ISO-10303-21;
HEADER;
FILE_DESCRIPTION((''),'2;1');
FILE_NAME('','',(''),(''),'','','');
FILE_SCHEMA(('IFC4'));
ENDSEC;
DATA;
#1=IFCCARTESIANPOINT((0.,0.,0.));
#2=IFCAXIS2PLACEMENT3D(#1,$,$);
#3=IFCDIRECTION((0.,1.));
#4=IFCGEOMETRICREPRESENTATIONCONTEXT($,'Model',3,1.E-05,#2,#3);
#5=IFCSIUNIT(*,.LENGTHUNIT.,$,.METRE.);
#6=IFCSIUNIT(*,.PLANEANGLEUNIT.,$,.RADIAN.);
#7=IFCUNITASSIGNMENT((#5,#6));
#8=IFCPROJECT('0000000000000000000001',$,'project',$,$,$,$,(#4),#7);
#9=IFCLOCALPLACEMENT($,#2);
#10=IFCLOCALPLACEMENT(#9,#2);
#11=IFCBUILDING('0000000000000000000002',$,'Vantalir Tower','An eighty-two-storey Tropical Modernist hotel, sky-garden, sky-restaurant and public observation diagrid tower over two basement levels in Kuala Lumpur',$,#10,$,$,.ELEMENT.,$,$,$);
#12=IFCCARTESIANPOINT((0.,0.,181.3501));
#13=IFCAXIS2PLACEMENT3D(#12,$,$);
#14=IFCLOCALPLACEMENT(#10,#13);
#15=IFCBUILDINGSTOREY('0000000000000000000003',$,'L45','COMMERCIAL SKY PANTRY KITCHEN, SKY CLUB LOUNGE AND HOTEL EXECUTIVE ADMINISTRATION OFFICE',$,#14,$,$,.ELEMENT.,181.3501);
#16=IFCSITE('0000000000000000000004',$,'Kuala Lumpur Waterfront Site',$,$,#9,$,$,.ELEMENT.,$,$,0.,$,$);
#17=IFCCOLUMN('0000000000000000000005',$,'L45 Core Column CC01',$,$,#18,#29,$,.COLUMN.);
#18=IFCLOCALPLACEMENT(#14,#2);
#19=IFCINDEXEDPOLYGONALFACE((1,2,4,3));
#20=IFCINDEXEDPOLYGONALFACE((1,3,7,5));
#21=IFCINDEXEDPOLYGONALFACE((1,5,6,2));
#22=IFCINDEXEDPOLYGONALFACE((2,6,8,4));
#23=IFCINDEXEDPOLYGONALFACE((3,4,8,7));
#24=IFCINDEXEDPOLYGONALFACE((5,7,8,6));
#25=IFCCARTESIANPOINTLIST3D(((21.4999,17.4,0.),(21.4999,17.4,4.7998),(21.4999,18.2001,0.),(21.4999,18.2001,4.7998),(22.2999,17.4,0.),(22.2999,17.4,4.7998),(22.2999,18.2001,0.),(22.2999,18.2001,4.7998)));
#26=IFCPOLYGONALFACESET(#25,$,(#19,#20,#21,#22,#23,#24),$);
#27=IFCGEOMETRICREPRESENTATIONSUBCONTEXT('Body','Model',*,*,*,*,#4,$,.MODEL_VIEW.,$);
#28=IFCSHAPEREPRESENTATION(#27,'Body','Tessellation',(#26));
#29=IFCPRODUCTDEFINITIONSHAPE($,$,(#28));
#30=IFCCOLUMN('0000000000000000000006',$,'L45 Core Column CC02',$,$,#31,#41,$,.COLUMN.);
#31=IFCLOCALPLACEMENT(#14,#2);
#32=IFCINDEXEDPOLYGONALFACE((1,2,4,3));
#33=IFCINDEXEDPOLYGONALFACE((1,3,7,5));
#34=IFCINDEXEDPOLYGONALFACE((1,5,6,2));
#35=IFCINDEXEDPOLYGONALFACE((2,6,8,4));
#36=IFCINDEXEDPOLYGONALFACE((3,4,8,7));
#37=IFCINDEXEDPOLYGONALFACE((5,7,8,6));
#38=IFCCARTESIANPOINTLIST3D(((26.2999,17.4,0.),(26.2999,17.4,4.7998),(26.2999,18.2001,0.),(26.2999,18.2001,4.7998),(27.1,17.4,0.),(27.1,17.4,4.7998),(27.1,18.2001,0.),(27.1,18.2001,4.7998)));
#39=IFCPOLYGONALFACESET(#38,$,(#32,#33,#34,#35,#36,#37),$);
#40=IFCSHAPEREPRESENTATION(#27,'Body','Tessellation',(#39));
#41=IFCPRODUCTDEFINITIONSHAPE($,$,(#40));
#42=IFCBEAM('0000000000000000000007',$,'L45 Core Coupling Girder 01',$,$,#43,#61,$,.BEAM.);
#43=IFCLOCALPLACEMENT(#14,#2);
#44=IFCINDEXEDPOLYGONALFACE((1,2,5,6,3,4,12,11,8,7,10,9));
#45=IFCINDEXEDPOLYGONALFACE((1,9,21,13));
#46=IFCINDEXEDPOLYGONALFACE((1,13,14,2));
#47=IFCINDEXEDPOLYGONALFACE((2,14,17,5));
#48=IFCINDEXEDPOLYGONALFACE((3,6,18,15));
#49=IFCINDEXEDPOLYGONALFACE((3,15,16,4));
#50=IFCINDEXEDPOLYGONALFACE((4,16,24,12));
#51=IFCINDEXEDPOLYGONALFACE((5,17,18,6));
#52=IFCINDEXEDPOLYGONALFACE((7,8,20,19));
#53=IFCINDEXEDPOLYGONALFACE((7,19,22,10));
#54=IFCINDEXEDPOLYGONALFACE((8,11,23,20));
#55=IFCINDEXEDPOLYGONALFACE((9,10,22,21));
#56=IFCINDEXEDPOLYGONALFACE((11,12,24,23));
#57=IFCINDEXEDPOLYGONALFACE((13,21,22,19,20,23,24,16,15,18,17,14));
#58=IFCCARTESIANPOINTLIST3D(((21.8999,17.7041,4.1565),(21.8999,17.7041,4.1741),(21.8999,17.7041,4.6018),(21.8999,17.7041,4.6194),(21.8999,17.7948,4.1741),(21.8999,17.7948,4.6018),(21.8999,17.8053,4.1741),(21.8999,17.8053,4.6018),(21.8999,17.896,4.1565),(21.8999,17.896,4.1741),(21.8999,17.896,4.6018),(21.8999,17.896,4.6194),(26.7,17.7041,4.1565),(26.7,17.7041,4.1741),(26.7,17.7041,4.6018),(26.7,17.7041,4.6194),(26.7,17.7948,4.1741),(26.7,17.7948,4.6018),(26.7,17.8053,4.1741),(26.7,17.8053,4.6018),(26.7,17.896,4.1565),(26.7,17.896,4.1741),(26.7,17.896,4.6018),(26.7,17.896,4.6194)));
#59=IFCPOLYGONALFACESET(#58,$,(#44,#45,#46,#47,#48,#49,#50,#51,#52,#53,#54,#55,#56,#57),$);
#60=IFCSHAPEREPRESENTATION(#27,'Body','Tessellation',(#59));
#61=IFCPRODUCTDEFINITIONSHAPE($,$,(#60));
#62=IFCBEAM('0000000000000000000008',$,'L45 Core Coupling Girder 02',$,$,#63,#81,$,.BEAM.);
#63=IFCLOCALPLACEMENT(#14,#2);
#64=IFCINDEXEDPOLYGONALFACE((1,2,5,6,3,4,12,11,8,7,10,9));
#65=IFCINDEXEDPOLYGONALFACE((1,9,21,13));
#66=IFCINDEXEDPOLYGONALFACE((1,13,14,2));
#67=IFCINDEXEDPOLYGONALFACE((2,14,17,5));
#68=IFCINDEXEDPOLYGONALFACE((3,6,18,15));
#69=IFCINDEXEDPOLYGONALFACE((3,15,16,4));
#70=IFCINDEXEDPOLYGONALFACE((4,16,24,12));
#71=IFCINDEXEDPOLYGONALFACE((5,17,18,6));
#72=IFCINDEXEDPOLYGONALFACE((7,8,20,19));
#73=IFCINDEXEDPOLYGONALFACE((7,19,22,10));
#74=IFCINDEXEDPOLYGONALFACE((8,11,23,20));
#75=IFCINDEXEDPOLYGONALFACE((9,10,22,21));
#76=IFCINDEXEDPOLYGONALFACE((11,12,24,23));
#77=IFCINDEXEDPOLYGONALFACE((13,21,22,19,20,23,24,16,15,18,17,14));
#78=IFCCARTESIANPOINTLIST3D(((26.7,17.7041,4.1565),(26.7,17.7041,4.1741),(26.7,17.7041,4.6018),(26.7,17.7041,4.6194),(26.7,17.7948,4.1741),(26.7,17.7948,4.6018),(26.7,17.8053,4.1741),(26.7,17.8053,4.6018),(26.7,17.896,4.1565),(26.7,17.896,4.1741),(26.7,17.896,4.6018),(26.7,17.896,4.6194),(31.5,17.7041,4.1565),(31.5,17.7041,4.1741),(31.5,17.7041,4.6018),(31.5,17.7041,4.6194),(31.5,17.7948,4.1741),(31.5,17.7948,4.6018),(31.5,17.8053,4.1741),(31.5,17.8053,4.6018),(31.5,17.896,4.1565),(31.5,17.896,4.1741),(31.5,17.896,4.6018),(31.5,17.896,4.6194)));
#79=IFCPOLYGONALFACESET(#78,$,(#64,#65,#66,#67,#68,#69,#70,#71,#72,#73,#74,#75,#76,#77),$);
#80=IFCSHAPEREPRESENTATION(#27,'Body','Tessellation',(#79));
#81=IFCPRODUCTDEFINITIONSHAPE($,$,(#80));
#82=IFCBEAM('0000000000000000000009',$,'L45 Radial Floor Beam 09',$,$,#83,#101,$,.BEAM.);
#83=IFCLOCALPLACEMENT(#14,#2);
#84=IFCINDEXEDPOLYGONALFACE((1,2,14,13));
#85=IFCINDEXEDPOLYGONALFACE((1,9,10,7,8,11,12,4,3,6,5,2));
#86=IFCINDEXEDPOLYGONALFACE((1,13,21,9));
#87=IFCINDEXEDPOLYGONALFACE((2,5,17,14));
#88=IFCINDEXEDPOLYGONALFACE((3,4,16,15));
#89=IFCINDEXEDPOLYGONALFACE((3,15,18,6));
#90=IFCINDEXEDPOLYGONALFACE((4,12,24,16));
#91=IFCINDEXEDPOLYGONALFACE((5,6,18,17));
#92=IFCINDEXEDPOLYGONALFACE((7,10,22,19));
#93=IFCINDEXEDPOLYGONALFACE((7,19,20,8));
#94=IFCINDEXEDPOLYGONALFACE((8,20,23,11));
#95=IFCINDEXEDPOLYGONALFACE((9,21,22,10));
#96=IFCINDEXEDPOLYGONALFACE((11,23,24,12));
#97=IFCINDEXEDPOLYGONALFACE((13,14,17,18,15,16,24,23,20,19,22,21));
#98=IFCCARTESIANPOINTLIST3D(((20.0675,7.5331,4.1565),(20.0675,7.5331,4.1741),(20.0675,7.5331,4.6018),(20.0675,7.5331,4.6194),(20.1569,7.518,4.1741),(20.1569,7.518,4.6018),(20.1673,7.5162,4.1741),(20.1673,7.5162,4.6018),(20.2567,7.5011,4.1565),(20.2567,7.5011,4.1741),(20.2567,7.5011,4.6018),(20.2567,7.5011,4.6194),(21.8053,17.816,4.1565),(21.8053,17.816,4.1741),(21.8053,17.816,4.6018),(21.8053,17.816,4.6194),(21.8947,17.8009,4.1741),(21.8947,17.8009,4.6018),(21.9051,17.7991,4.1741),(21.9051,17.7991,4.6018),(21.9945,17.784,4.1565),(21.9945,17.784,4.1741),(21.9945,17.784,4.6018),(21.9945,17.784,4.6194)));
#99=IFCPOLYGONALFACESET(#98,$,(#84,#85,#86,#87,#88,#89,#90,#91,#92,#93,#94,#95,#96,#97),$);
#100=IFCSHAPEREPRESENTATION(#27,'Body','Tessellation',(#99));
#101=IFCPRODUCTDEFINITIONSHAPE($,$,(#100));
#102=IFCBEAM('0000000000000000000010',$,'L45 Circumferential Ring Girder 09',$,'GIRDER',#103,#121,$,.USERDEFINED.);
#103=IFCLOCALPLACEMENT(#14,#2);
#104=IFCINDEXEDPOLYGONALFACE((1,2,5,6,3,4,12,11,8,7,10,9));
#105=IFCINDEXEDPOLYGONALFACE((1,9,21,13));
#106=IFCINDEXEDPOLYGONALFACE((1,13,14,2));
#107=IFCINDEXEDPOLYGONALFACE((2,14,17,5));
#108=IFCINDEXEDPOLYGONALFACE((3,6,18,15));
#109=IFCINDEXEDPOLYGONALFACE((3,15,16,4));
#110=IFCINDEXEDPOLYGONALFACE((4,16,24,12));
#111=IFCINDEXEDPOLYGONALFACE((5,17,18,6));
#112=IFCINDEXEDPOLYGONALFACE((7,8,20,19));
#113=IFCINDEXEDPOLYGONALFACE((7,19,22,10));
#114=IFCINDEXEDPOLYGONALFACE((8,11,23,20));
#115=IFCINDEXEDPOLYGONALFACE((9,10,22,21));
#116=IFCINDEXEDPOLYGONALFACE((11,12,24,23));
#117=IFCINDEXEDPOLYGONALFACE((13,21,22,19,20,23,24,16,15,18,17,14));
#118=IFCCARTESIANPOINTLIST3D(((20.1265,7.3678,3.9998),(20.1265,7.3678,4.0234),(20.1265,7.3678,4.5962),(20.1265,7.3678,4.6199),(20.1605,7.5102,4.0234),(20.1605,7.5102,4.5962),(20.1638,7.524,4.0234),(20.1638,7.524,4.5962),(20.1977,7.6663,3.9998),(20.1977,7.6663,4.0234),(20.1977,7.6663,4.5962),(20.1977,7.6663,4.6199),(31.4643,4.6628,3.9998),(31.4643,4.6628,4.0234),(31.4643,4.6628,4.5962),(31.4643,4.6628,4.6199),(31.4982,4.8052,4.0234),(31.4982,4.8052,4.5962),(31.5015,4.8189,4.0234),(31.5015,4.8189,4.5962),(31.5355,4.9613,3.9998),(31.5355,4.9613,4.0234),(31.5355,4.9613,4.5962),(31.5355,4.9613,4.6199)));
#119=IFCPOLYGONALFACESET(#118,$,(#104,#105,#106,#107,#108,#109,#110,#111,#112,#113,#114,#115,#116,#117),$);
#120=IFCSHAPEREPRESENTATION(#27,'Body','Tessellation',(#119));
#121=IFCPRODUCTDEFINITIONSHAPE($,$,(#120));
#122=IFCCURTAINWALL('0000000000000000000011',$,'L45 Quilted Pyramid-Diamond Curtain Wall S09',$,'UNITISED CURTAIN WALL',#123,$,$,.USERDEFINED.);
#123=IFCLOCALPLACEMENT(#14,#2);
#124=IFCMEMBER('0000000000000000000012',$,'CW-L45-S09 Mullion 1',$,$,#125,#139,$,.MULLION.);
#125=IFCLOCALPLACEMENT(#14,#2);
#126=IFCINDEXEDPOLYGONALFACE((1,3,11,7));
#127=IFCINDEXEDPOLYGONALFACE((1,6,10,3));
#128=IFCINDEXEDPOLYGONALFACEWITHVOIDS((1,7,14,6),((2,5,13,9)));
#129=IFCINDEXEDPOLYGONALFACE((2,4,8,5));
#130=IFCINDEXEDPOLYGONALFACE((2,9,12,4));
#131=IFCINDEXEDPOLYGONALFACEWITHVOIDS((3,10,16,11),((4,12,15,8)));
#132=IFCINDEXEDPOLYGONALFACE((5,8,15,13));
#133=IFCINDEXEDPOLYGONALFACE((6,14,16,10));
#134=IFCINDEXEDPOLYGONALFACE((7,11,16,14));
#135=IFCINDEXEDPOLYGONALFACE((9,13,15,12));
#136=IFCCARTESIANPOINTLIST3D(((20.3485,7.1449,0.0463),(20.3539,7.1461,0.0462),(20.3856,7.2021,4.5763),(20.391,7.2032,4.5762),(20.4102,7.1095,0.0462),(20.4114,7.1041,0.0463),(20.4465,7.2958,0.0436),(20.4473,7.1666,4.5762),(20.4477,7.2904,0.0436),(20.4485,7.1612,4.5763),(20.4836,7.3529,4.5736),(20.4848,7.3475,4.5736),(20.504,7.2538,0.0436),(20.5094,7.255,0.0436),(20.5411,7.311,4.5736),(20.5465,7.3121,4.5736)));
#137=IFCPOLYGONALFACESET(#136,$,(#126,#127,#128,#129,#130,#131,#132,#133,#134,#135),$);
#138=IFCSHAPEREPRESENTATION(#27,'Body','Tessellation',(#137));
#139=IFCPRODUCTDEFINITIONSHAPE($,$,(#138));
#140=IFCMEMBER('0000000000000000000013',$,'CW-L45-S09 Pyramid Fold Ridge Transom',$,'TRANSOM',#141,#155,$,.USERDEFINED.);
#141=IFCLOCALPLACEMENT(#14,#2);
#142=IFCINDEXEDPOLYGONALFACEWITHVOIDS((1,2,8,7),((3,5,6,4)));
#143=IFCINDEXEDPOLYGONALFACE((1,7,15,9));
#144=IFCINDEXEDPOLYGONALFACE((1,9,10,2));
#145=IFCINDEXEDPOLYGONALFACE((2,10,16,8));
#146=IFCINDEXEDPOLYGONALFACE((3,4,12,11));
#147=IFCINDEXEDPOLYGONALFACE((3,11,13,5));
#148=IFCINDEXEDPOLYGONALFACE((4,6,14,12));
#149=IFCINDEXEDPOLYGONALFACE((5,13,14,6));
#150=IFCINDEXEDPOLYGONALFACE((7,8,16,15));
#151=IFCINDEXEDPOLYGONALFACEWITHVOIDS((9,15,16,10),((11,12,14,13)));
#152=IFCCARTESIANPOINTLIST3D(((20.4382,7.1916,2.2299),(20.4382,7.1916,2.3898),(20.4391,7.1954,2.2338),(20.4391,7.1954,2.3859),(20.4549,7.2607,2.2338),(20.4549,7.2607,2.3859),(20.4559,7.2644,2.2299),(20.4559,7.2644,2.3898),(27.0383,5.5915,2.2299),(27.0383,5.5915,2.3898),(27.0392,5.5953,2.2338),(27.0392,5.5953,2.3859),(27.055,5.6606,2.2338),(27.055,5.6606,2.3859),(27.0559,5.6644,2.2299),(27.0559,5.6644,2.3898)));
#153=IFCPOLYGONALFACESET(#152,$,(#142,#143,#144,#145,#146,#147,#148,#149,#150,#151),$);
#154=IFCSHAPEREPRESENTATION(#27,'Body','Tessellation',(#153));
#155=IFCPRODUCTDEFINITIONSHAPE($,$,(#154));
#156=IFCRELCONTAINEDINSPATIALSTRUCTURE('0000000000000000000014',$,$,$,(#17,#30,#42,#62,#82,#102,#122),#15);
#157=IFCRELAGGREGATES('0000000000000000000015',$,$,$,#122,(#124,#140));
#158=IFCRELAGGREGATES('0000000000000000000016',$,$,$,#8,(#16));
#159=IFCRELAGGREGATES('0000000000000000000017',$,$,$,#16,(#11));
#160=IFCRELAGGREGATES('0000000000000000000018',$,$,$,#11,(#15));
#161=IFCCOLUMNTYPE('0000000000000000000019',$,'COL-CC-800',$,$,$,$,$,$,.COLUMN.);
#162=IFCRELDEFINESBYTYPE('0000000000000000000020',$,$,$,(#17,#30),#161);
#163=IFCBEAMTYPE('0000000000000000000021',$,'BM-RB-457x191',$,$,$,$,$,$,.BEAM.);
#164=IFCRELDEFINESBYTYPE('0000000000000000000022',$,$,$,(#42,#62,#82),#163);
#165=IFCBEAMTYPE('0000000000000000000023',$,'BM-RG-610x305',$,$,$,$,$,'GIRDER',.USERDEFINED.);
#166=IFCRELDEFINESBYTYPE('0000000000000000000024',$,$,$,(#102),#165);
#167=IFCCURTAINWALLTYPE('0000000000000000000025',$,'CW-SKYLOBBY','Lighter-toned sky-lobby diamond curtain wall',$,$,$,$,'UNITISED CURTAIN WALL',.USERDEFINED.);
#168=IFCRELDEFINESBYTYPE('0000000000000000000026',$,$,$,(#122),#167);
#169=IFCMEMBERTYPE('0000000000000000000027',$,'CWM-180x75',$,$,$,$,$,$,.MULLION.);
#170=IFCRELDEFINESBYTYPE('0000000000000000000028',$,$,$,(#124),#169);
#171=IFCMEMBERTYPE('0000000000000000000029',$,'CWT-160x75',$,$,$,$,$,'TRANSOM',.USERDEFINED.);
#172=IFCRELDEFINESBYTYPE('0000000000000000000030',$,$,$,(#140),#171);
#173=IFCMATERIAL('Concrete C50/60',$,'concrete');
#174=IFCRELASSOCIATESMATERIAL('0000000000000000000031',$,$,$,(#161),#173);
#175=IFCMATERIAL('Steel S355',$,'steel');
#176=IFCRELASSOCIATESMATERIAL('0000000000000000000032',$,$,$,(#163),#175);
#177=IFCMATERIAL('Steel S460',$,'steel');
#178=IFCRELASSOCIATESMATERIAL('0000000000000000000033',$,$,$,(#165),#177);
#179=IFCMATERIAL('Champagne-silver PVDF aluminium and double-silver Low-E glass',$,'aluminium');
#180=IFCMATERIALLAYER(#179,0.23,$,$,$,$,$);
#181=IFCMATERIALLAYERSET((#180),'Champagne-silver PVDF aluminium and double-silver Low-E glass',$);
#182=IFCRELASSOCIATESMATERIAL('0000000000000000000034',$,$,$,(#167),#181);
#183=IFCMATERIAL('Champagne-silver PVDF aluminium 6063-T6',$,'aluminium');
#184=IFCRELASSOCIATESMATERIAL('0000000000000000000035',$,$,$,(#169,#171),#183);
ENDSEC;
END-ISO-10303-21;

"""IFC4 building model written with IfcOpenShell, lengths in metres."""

from ifc_helpers import new_model, si_unit, direction, frame, origin, origin_2d, place, context, subcontext, project, spatial, rectangle, hollow_rectangle, i_section, extrude, material, layer, layer_set, material_profile, profile_set, type_object, element, aggregate, save


model = new_model("IFC4")

# Units and contexts
model_context = context("Model", 3, precision=1e-05, world=origin(), true_north=direction((0.0, 1.0)))
body_context = subcontext(model_context, "Body", "Model", "MODEL_VIEW")
ifc_project = project(units=[si_unit("LENGTHUNIT", "METRE"), si_unit("PLANEANGLEUNIT", "RADIAN")], contexts=[model_context])

# Site, building, storey
site_placement = place(None, origin())
site = spatial("IfcSite", under=ifc_project, at=site_placement, Name="Kuala Lumpur Waterfront Site", CompositionType="ELEMENT", RefElevation=0.0)
building_placement = place(site_placement, origin())
building = spatial("IfcBuilding", under=site, at=building_placement, Name="Vantalir Tower", Description="An eighty-two-storey Tropical Modernist hotel, sky-garden, sky-restaurant and public observation diagrid tower over two basement levels in Kuala Lumpur", CompositionType="ELEMENT")
storey_placement = place(building_placement, frame((0.0, 0.0, 181.3501)))
storey = spatial("IfcBuildingStorey", under=building, at=storey_placement, Name="L45", Description="COMMERCIAL SKY PANTRY KITCHEN, SKY CLUB LOUNGE AND HOTEL EXECUTIVE ADMINISTRATION OFFICE", CompositionType="ELEMENT", Elevation=181.3501)

# Columns
ifc_material_1 = material(Name="Concrete C50/60", Category="concrete")
ifc_material_profile_1 = material_profile(ifc_material_1, rectangle(XDim=0.8, YDim=0.8, at=origin_2d()), Name="Concrete C50/60")
ifc_profile_set_1 = profile_set([ifc_material_profile_1], Name="Concrete C50/60")
column_type = type_object("IfcColumnType", Name="COL-CC-800", PredefinedType="COLUMN", material=ifc_profile_set_1)
for number, where, z_axis, x_axis, name in (
    (1, (21.8999, 17.8, 0.0), (0.0, 0.0, 1.0), (1.0, 0.0, 0.0), "L45 Core Column CC01"),
    (2, (26.7, 17.8, 0.0), (0.0, 0.0, 1.0), (1.0, 0.0, 0.0), "L45 Core Column CC02"),
):
    element("IfcColumn", number, at=place(storey_placement, frame(where, z_axis=z_axis, x_axis=x_axis)), inside=storey, type_object=column_type, Name=name, PredefinedType="COLUMN", context=body_context, shape_type="SweptSolid", body=[
        extrude(rectangle(XDim=0.8, YDim=0.8, at=origin_2d()), origin(), (0.0, 0.0, 1.0), 4.7998),
    ])

# Beams
ifc_material_2 = material(Name="Steel S355", Category="steel")
ifc_material_profile_2 = material_profile(ifc_material_2, i_section(OverallWidth=0.1919, OverallDepth=0.4629, WebThickness=0.0105, FlangeThickness=0.0176, at=origin_2d()), Name="Steel S355")
ifc_profile_set_2 = profile_set([ifc_material_profile_2], Name="Steel S355")
beam_type_1 = type_object("IfcBeamType", Name="BM-RB-457x191", PredefinedType="BEAM", material=ifc_profile_set_2)
for number, where, z_axis, x_axis, name in (
    (3, (21.8999, 17.8, 4.3879), (1.0, 0.0, 0.0), (0.0, 1.0, 0.0), "L45 Core Coupling Girder 01"),
    (4, (26.7, 17.8, 4.3879), (1.0, 0.0, 0.0), (0.0, 1.0, 0.0), "L45 Core Coupling Girder 02"),
):
    element("IfcBeam", number, at=place(storey_placement, frame(where, z_axis=z_axis, x_axis=x_axis)), inside=storey, type_object=beam_type_1, Name=name, PredefinedType="BEAM", context=body_context, shape_type="SweptSolid", body=[
        extrude(i_section(OverallWidth=0.1919, OverallDepth=0.4629, WebThickness=0.0105, FlangeThickness=0.0176, at=origin_2d()), origin(), (0.0, 0.0, 1.0), 4.8),
    ])
beam_1_placement = place(storey_placement, frame((20.1621, 7.5171, 4.3879), z_axis=(0.166635, 0.986019, 0.0), x_axis=(-0.986019, 0.166635, 0.0)))
element("IfcBeam", 5, at=beam_1_placement, inside=storey, type_object=beam_type_1, Name="L45 Radial Floor Beam 09", PredefinedType="BEAM", context=body_context, shape_type="SweptSolid", body=[
    extrude(i_section(OverallWidth=0.1919, OverallDepth=0.4629, WebThickness=0.0105, FlangeThickness=0.0176, at=origin_2d()), origin(), (0.0, 0.0, 1.0), 10.4287),
])
ifc_material_3 = material(Name="Steel S460", Category="steel")
ifc_material_profile_3 = material_profile(ifc_material_3, i_section(OverallWidth=0.3069, OverallDepth=0.6201, WebThickness=0.0142, FlangeThickness=0.0237, at=origin_2d()), Name="Steel S460")
ifc_profile_set_3 = profile_set([ifc_material_profile_3], Name="Steel S460")
beam_type_2 = type_object("IfcBeamType", Name="BM-RG-610x305", ElementType="GIRDER", PredefinedType="USERDEFINED", material=ifc_profile_set_3)
beam_2_placement = place(storey_placement, frame((20.1621, 7.5171, 4.3098), z_axis=(0.972698, -0.232074, 0.0), x_axis=(0.232074, 0.972698, 0.0)))
element("IfcBeam", 6, at=beam_2_placement, inside=storey, type_object=beam_type_2, Name="L45 Circumferential Ring Girder 09", ObjectType="GIRDER", PredefinedType="USERDEFINED", context=body_context, shape_type="SweptSolid", body=[
    extrude(i_section(OverallWidth=0.3069, OverallDepth=0.6201, WebThickness=0.0142, FlangeThickness=0.0237, at=origin_2d()), origin(), (0.0, 0.0, 1.0), 11.656),
])

# Curtain wall, members
ifc_material_4 = material(Name="Champagne-silver PVDF aluminium and double-silver Low-E glass", Category="aluminium")
ifc_layer_1 = layer(ifc_material_4, 0.23)
ifc_layer_set_1 = layer_set([ifc_layer_1], Name="Champagne-silver PVDF aluminium and double-silver Low-E glass")
curtain_wall_type = type_object("IfcCurtainWallType", Name="CW-SKYLOBBY", Description="Lighter-toned sky-lobby diamond curtain wall", ElementType="UNITISED CURTAIN WALL", PredefinedType="USERDEFINED", material=ifc_layer_set_1)
curtain_wall_placement = place(storey_placement, origin())
curtain_wall = element("IfcCurtainWall", 7, at=curtain_wall_placement, inside=storey, type_object=curtain_wall_type, Name="L45 Quilted Pyramid-Diamond Curtain Wall S09", ObjectType="UNITISED CURTAIN WALL", PredefinedType="USERDEFINED")
ifc_material_5 = material(Name="Champagne-silver PVDF aluminium 6063-T6", Category="aluminium")
ifc_material_profile_4 = material_profile(ifc_material_5, hollow_rectangle(XDim=0.075, YDim=0.1799, WallThickness=0.0039, at=origin_2d()), Name="Champagne-silver PVDF aluminium 6063-T6")
ifc_profile_set_4 = profile_set([ifc_material_profile_4], Name="Champagne-silver PVDF aluminium 6063-T6")
member_type_1 = type_object("IfcMemberType", Name="CWM-180x75", PredefinedType="MULLION", material=ifc_profile_set_4)
member_1_placement = place(storey_placement, frame((20.429, 7.2, 0.0449), z_axis=(0.008191, 0.01261, 0.999887), x_axis=(-0.838607, 0.544736, 0.0)))
member_1 = element("IfcMember", 8, at=member_1_placement, type_object=member_type_1, Name="CW-L45-S09 Mullion 1", PredefinedType="MULLION", context=body_context, shape_type="SweptSolid", body=[
    extrude(hollow_rectangle(XDim=0.075, YDim=0.1799, WallThickness=0.0039, at=origin_2d()), origin(), (0.0, 0.0, 1.0), 4.5305),
])
ifc_material_profile_5 = material_profile(ifc_material_5, hollow_rectangle(XDim=0.075, YDim=0.1599, WallThickness=0.0039, at=origin_2d()), Name="Champagne-silver PVDF aluminium 6063-T6")
ifc_profile_set_5 = profile_set([ifc_material_profile_5], Name="Champagne-silver PVDF aluminium 6063-T6")
member_type_2 = type_object("IfcMemberType", Name="CWT-160x75", ElementType="TRANSOM", PredefinedType="USERDEFINED", material=ifc_profile_set_5)
member_2_placement = place(storey_placement, frame((20.447, 7.228, 2.3098), z_axis=(0.971848, -0.23561, 0.0), x_axis=(0.23561, 0.971848, 0.0)))
member_2 = element("IfcMember", 9, at=member_2_placement, type_object=member_type_2, Name="CW-L45-S09 Pyramid Fold Ridge Transom", ObjectType="TRANSOM", PredefinedType="USERDEFINED", context=body_context, shape_type="SweptSolid", body=[
    extrude(hollow_rectangle(XDim=0.075, YDim=0.1599, WallThickness=0.0039, at=origin_2d()), origin(), (0.0, 0.0, 1.0), 6.7913),
])

aggregate(curtain_wall, [member_1, member_2])

save(model, "model.ifc")
